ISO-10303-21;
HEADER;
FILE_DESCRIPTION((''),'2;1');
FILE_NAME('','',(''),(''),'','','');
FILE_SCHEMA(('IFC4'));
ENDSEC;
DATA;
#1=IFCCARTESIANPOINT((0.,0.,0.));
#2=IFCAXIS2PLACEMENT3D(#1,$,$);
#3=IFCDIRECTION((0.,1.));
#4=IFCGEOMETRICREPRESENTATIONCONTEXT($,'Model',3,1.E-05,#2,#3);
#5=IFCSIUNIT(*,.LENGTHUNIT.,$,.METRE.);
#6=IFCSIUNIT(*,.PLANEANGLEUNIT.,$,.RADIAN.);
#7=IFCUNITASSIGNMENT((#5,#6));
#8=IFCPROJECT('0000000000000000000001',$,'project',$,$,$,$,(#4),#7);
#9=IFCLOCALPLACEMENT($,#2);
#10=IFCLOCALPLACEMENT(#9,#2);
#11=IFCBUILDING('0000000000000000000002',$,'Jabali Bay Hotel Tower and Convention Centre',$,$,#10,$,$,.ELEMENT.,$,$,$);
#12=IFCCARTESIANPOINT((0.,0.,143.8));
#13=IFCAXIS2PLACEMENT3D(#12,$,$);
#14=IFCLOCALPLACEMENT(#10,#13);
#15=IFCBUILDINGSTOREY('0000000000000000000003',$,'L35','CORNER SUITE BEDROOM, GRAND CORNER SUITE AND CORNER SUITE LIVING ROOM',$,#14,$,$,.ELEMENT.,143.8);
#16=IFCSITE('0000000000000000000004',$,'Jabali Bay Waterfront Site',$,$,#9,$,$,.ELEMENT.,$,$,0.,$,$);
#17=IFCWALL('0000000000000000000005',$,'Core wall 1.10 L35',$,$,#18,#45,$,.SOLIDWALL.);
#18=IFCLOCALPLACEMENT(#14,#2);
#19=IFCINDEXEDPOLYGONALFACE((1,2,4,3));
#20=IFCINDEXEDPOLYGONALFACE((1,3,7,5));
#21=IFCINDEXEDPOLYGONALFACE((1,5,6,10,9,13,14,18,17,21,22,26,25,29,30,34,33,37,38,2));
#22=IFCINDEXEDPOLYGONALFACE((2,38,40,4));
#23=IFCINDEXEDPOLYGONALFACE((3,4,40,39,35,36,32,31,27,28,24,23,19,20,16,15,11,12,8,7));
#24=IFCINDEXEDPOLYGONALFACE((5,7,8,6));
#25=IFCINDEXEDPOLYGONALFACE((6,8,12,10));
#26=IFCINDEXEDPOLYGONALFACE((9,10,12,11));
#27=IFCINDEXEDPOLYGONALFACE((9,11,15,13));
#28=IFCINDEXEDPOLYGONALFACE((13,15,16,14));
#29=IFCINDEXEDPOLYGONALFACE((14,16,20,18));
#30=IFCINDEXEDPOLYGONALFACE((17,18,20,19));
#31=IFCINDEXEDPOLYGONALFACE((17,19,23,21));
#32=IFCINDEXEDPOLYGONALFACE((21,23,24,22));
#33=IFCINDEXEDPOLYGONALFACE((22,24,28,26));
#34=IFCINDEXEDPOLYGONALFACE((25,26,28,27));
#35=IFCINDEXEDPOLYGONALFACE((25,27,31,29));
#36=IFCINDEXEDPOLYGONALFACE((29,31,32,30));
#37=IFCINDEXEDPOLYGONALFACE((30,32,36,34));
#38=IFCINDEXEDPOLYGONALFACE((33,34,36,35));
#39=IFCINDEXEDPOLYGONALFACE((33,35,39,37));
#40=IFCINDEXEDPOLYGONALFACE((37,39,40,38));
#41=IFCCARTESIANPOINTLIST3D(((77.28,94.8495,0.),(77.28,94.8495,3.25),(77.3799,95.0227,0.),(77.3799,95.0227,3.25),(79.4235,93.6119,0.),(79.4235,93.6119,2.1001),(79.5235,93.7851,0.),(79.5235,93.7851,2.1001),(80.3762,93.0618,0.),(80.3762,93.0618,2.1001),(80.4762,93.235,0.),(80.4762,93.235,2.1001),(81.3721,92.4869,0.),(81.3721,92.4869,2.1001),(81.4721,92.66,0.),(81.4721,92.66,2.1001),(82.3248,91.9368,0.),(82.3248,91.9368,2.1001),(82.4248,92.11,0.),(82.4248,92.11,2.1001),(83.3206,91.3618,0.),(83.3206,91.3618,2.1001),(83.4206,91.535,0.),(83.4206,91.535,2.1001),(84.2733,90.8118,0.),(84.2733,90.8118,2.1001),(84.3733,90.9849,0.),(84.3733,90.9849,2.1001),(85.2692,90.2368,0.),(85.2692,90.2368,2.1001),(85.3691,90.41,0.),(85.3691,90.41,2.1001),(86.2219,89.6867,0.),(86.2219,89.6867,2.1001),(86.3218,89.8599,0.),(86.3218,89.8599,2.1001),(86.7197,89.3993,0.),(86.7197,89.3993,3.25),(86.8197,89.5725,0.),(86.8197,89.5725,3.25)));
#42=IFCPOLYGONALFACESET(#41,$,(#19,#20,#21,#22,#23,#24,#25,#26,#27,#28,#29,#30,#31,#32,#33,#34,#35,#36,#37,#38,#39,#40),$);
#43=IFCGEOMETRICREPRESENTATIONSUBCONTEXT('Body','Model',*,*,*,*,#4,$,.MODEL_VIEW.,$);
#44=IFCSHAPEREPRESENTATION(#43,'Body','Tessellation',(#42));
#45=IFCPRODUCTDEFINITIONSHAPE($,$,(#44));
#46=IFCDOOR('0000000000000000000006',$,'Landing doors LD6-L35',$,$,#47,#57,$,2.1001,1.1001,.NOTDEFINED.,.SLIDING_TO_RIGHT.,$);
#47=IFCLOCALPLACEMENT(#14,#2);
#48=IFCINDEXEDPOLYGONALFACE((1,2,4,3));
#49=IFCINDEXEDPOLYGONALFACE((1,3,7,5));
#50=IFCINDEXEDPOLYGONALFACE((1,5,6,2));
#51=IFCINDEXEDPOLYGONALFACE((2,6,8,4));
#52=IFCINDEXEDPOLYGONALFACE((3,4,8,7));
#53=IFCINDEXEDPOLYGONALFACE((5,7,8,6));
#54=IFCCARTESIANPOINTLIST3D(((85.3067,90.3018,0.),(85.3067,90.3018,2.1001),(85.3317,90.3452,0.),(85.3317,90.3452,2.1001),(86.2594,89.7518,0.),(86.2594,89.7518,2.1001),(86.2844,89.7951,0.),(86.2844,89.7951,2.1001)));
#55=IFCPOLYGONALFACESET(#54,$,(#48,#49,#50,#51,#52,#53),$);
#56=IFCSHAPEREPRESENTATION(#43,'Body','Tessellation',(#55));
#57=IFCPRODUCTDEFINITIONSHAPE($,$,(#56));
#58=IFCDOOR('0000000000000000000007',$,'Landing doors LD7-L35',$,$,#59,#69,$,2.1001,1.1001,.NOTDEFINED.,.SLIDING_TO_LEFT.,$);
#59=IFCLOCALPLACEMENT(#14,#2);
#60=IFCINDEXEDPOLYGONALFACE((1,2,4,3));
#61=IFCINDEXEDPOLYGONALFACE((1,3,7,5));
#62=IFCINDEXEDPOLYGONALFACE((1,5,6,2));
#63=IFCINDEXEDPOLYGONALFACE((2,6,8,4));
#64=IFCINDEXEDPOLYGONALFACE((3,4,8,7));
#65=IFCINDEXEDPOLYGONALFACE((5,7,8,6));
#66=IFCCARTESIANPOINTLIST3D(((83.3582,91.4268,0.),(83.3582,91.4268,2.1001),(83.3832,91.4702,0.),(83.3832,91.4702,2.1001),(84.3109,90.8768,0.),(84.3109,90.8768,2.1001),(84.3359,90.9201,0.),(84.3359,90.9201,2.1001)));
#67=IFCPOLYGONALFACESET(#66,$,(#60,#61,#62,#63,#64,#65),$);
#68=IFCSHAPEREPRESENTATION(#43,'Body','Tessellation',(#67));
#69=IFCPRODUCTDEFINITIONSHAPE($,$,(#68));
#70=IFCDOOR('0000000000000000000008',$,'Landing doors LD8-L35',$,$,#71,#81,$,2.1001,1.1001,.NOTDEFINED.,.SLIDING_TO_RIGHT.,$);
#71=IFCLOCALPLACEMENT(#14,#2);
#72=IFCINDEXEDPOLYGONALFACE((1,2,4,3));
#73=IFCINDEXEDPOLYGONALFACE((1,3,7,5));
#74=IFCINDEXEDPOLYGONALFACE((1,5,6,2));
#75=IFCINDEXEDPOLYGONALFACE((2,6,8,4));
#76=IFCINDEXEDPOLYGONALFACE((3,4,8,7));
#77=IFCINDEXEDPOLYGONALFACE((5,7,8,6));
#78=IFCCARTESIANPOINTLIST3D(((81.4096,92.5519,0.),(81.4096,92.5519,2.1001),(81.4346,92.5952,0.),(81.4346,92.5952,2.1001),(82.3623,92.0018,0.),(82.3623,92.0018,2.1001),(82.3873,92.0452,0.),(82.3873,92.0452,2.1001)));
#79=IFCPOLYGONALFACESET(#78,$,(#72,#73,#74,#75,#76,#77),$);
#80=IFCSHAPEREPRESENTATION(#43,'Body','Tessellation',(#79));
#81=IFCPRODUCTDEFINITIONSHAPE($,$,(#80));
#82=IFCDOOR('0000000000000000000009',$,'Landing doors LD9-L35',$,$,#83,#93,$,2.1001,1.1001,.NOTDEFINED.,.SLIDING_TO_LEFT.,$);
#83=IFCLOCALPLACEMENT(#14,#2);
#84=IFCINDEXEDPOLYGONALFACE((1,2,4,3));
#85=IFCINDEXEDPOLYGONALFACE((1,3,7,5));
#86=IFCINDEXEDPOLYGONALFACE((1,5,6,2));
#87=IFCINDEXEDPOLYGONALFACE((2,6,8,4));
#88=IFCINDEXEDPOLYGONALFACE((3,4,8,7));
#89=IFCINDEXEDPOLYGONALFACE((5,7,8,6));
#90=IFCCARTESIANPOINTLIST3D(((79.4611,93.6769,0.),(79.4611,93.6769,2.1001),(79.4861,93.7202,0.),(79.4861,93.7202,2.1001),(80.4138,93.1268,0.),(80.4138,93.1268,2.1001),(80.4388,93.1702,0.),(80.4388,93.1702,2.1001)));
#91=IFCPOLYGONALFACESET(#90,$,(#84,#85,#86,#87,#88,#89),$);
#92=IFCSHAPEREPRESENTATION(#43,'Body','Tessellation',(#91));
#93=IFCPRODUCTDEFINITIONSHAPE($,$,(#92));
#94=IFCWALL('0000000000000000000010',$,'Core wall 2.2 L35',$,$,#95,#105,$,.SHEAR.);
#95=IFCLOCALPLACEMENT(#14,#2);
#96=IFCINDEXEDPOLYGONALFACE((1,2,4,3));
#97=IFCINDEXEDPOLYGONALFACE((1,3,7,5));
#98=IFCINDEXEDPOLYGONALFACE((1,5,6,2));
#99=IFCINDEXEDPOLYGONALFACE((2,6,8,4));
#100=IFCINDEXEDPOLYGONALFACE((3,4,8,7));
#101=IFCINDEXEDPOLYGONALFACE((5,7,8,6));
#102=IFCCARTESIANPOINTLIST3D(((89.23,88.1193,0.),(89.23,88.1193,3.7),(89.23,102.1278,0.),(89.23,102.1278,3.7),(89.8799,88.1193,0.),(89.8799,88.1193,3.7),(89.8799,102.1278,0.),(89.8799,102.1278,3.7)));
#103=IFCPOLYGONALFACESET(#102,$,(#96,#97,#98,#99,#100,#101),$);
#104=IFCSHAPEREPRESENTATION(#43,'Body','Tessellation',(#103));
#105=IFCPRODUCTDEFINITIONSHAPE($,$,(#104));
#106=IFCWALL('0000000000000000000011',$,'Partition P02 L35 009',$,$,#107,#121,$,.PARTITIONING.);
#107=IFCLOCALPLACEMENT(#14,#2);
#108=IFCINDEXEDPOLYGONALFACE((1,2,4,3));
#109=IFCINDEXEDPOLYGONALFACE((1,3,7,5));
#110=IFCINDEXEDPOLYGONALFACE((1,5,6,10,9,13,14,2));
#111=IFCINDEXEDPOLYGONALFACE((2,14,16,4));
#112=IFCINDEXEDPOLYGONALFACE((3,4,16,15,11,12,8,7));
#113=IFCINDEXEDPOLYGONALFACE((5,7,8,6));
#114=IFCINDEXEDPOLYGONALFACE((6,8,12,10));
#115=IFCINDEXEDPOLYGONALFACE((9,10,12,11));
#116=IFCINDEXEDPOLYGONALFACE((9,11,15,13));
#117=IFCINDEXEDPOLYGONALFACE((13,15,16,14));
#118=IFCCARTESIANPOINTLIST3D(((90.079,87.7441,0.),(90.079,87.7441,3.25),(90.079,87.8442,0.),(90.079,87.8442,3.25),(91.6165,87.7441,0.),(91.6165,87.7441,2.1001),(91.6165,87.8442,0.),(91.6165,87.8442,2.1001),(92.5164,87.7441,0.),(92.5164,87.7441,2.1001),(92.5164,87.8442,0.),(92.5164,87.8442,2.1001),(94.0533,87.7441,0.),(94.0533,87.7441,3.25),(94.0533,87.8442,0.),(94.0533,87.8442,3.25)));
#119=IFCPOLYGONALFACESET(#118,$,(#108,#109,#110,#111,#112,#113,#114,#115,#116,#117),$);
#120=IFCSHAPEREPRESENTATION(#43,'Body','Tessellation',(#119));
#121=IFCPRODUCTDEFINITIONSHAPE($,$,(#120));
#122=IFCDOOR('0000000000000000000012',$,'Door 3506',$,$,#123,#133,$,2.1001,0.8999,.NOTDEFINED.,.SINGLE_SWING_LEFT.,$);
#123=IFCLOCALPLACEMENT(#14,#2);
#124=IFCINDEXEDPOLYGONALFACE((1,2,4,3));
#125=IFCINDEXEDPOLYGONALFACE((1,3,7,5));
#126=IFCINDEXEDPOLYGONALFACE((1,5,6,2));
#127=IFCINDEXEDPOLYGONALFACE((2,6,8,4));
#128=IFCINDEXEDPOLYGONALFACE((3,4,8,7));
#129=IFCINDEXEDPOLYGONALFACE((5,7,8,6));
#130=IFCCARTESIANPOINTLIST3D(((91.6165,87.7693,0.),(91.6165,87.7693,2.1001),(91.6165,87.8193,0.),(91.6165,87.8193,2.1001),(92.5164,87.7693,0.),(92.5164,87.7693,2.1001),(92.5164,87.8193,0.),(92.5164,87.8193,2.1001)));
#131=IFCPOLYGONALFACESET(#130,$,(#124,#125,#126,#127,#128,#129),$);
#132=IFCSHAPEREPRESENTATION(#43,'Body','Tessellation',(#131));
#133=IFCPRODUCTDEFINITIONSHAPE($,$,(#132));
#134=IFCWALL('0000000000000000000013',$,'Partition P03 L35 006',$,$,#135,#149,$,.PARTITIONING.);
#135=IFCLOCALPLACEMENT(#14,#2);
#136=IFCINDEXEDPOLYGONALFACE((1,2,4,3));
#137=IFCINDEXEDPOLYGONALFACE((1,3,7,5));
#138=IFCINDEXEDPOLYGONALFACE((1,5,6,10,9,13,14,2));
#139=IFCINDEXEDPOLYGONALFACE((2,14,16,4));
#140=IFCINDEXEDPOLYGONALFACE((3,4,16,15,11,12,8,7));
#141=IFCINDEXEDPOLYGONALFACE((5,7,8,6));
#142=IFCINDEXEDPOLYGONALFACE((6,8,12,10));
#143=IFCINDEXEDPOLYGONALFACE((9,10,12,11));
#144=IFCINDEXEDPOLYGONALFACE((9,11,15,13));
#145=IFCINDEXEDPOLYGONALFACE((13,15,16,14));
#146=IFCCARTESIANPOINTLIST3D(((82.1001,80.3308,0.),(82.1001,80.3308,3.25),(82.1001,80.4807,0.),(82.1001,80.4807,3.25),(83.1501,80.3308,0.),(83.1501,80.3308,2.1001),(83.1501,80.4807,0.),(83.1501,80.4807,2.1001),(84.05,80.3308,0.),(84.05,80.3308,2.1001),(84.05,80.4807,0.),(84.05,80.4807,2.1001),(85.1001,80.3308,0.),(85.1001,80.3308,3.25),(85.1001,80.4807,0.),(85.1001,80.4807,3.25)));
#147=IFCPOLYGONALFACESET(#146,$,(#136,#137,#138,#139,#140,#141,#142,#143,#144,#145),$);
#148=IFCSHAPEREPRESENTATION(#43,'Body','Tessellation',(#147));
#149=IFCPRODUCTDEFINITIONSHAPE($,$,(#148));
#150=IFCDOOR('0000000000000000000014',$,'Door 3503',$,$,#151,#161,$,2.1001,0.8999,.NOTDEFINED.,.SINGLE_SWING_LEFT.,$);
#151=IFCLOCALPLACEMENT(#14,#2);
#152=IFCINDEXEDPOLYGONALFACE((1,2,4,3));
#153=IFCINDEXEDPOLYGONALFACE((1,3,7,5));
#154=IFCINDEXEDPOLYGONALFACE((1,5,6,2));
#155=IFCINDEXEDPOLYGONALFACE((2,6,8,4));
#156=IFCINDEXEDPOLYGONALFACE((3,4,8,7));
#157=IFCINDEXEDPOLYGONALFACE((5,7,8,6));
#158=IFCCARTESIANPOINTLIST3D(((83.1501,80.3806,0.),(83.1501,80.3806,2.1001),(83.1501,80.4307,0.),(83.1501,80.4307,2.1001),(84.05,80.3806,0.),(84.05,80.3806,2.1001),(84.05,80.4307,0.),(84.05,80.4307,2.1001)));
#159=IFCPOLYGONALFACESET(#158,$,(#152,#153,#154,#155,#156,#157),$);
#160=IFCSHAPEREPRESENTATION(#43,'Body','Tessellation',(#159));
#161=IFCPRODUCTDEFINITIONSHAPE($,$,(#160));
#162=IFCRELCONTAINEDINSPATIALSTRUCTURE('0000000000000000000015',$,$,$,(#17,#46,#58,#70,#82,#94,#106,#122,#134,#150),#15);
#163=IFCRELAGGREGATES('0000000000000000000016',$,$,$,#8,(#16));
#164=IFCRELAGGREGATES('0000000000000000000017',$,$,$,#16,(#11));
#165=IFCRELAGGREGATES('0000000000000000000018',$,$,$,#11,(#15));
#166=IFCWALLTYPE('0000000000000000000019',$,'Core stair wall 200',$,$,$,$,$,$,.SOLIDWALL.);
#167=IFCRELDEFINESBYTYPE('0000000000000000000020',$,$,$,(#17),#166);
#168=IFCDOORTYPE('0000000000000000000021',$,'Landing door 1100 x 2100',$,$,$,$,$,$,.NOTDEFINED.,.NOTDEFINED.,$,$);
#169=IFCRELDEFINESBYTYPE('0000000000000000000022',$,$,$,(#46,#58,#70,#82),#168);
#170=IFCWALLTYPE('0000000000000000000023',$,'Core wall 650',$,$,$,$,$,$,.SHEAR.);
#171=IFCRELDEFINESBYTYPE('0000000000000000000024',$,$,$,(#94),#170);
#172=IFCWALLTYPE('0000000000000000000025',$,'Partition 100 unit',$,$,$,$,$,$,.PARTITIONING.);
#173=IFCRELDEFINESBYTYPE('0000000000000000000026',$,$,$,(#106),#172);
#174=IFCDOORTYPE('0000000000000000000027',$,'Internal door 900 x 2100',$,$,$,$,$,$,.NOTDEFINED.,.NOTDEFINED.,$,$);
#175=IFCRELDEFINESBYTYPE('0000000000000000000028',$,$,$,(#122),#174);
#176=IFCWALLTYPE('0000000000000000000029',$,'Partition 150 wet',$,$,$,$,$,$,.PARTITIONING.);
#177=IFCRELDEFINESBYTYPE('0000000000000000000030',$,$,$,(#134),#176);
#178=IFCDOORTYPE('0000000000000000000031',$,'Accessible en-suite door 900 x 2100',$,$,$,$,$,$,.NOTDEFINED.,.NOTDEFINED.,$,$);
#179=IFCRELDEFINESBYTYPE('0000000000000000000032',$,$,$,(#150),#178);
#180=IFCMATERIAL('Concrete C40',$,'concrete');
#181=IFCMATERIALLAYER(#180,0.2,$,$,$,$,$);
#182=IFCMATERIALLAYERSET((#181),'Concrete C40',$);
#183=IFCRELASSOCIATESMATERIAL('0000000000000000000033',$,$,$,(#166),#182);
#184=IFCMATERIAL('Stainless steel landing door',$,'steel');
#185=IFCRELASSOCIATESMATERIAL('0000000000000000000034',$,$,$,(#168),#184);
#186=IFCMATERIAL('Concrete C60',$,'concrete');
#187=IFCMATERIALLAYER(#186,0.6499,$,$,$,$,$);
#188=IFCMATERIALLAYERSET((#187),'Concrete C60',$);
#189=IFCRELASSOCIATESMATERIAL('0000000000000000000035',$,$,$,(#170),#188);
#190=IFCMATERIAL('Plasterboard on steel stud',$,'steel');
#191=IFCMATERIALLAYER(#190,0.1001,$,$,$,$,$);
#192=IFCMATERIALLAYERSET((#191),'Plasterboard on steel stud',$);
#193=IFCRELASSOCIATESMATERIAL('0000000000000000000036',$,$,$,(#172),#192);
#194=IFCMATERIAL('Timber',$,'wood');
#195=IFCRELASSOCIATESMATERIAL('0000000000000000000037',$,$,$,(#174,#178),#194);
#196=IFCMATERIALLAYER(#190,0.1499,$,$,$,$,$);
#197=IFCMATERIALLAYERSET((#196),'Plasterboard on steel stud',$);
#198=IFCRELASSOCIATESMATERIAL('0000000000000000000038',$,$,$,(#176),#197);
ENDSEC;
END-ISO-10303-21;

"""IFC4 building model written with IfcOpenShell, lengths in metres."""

from ifc_helpers import new_model, si_unit, direction, frame, frame_2d, origin, place, context, subcontext, project, spatial, rectangle, extrude, material, layer, layer_set, type_object, element, fill, save


model = new_model("IFC4")

# Units and contexts
model_context = context("Model", 3, precision=1e-05, world=origin(), true_north=direction((0.0, 1.0)))
body_context = subcontext(model_context, "Body", "Model", "MODEL_VIEW")
ifc_project = project(units=[si_unit("LENGTHUNIT", "METRE"), si_unit("PLANEANGLEUNIT", "RADIAN")], contexts=[model_context])

# Site, building, storey
site_placement = place(None, origin())
site = spatial("IfcSite", under=ifc_project, at=site_placement, Name="Jabali Bay Waterfront Site", CompositionType="ELEMENT", RefElevation=0.0)
building_placement = place(site_placement, origin())
building = spatial("IfcBuilding", under=site, at=building_placement, Name="Jabali Bay Hotel Tower and Convention Centre", CompositionType="ELEMENT")
storey_placement = place(building_placement, frame((0.0, 0.0, 143.8)))
storey = spatial("IfcBuildingStorey", under=building, at=storey_placement, Name="L35", Description="CORNER SUITE BEDROOM, GRAND CORNER SUITE AND CORNER SUITE LIVING ROOM", CompositionType="ELEMENT", Elevation=143.8)

# Shared definitions
ifc_material_1 = material(Name="Concrete C60", Category="concrete")

# Shared definitions
ifc_material_2 = material(Name="Concrete C40", Category="concrete")

# Shared definitions
ifc_layer_1 = layer(ifc_material_2, 0.2)
ifc_layer_set_1 = layer_set([ifc_layer_1], Name="Concrete C40")
wall_type_1 = type_object("IfcWallType", Name="Core stair wall 200", PredefinedType="SOLIDWALL", material=ifc_layer_set_1)

# Wall, openings, doors
wall_1_placement = place(storey_placement, frame((86.7698, 89.4858, 0.0), z_axis=(0.0, 0.0, 1.0), x_axis=(-0.866018, 0.500013, 0.0)))
wall_1 = element("IfcWall", 1, at=wall_1_placement, inside=storey, type_object=wall_type_1, Name="Core wall 1.10 L35", PredefinedType="SOLIDWALL", context=body_context, shape_type="SweptSolid", body=[
    extrude(rectangle(XDim=10.9001, YDim=0.2, at=frame_2d((5.4502, 0.0))), origin(), (0.0, 0.0, 1.0), 3.25),
])
opening_1_placement = place(wall_1_placement, frame((0.575, 0.0, 0.0)))
opening_1 = element("IfcOpeningElement", 2, at=opening_1_placement, cuts=wall_1, PredefinedType="OPENING", context=body_context, shape_type="SweptSolid", body=[
    extrude(rectangle(XDim=1.1001, YDim=2.1001, at=frame_2d((0.55, 1.05))), frame((0.0, 0.1104, 0.0), z_axis=(0.0, -1.0, 0.0), x_axis=(1.0, 0.0, 0.0)), (0.0, 0.0, 1.0), 0.2209),
])
opening_2_placement = place(wall_1_placement, frame((2.825, 0.0, 0.0)))
opening_2 = element("IfcOpeningElement", 3, at=opening_2_placement, cuts=wall_1, PredefinedType="OPENING", context=body_context, shape_type="SweptSolid", body=[
    extrude(rectangle(XDim=1.1001, YDim=2.1001, at=frame_2d((0.55, 1.05))), frame((0.0, 0.1104, 0.0), z_axis=(0.0, -1.0, 0.0), x_axis=(1.0, 0.0, 0.0)), (0.0, 0.0, 1.0), 0.2209),
])
opening_3_placement = place(wall_1_placement, frame((5.075, 0.0, 0.0)))
opening_3 = element("IfcOpeningElement", 4, at=opening_3_placement, cuts=wall_1, PredefinedType="OPENING", context=body_context, shape_type="SweptSolid", body=[
    extrude(rectangle(XDim=1.1001, YDim=2.1001, at=frame_2d((0.55, 1.05))), frame((0.0, 0.1104, 0.0), z_axis=(0.0, -1.0, 0.0), x_axis=(1.0, 0.0, 0.0)), (0.0, 0.0, 1.0), 0.2209),
])
opening_4_placement = place(wall_1_placement, frame((7.325, 0.0, 0.0)))
opening_4 = element("IfcOpeningElement", 5, at=opening_4_placement, cuts=wall_1, PredefinedType="OPENING", context=body_context, shape_type="SweptSolid", body=[
    extrude(rectangle(XDim=1.1001, YDim=2.1001, at=frame_2d((0.55, 1.05))), frame((0.0, 0.1104, 0.0), z_axis=(0.0, -1.0, 0.0), x_axis=(1.0, 0.0, 0.0)), (0.0, 0.0, 1.0), 0.2209),
])
ifc_material_3 = material(Name="Stainless steel landing door", Category="steel")
door_type_1 = type_object("IfcDoorType", Name="Landing door 1100 x 2100", OperationType="NOTDEFINED", PredefinedType="NOTDEFINED", material=ifc_material_3)
door_1_placement = place(opening_1_placement, origin())
door_1 = element("IfcDoor", 6, at=door_1_placement, inside=storey, type_object=door_type_1, Name="Landing doors LD6-L35", OperationType="SLIDING_TO_RIGHT", OverallHeight=2.1001, OverallWidth=1.1001, PredefinedType="NOTDEFINED", context=body_context, shape_type="SweptSolid", body=[
    extrude(rectangle(XDim=1.1001, YDim=2.1001, at=frame_2d((0.55, 1.05))), frame((0.0, 0.0249, 0.0), z_axis=(0.0, -1.0, 0.0), x_axis=(1.0, 0.0, 0.0)), (0.0, 0.0, 1.0), 0.05),
])
fill(opening_1, door_1)
door_2_placement = place(opening_2_placement, origin())
door_2 = element("IfcDoor", 7, at=door_2_placement, inside=storey, type_object=door_type_1, Name="Landing doors LD7-L35", OperationType="SLIDING_TO_LEFT", OverallHeight=2.1001, OverallWidth=1.1001, PredefinedType="NOTDEFINED", context=body_context, shape_type="SweptSolid", body=[
    extrude(rectangle(XDim=1.1001, YDim=2.1001, at=frame_2d((0.55, 1.05))), frame((0.0, 0.0249, 0.0), z_axis=(0.0, -1.0, 0.0), x_axis=(1.0, 0.0, 0.0)), (0.0, 0.0, 1.0), 0.05),
])
fill(opening_2, door_2)
door_3_placement = place(opening_3_placement, origin())
door_3 = element("IfcDoor", 8, at=door_3_placement, inside=storey, type_object=door_type_1, Name="Landing doors LD8-L35", OperationType="SLIDING_TO_RIGHT", OverallHeight=2.1001, OverallWidth=1.1001, PredefinedType="NOTDEFINED", context=body_context, shape_type="SweptSolid", body=[
    extrude(rectangle(XDim=1.1001, YDim=2.1001, at=frame_2d((0.55, 1.05))), frame((0.0, 0.0249, 0.0), z_axis=(0.0, -1.0, 0.0), x_axis=(1.0, 0.0, 0.0)), (0.0, 0.0, 1.0), 0.05),
])
fill(opening_3, door_3)
door_4_placement = place(opening_4_placement, origin())
door_4 = element("IfcDoor", 9, at=door_4_placement, inside=storey, type_object=door_type_1, Name="Landing doors LD9-L35", OperationType="SLIDING_TO_LEFT", OverallHeight=2.1001, OverallWidth=1.1001, PredefinedType="NOTDEFINED", context=body_context, shape_type="SweptSolid", body=[
    extrude(rectangle(XDim=1.1001, YDim=2.1001, at=frame_2d((0.55, 1.05))), frame((0.0, 0.0249, 0.0), z_axis=(0.0, -1.0, 0.0), x_axis=(1.0, 0.0, 0.0)), (0.0, 0.0, 1.0), 0.05),
])
fill(opening_4, door_4)

# Wall
ifc_layer_2 = layer(ifc_material_1, 0.6499)
ifc_layer_set_2 = layer_set([ifc_layer_2], Name="Concrete C60")
wall_type_2 = type_object("IfcWallType", Name="Core wall 650", PredefinedType="SHEAR", material=ifc_layer_set_2)
wall_2_placement = place(storey_placement, frame((89.5549, 88.1191, 0.0), z_axis=(0.0, 0.0, 1.0), x_axis=(0.0, 1.0, 0.0)))
element("IfcWall", 10, at=wall_2_placement, inside=storey, type_object=wall_type_2, Name="Core wall 2.2 L35", PredefinedType="SHEAR", context=body_context, shape_type="SweptSolid", body=[
    extrude(rectangle(XDim=14.0085, YDim=0.6499, at=frame_2d((7.0044, 0.0))), origin(), (0.0, 0.0, 1.0), 3.7),
])

# Walls, openings, doors
ifc_material_4 = material(Name="Plasterboard on steel stud", Category="steel")
ifc_layer_3 = layer(ifc_material_4, 0.1001)
ifc_layer_set_3 = layer_set([ifc_layer_3], Name="Plasterboard on steel stud")
wall_type_3 = type_object("IfcWallType", Name="Partition 100 unit", PredefinedType="PARTITIONING", material=ifc_layer_set_3)
wall_3_placement = place(storey_placement, frame((94.0535, 87.7942, 0.0), z_axis=(0.0, 0.0, 1.0), x_axis=(-1.0, 0.0, 0.0)))
wall_3 = element("IfcWall", 11, at=wall_3_placement, inside=storey, type_object=wall_type_3, Name="Partition P02 L35 009", PredefinedType="PARTITIONING", context=body_context, shape_type="SweptSolid", body=[
    extrude(rectangle(XDim=3.9744, YDim=0.1001, at=frame_2d((1.9873, 0.0))), origin(), (0.0, 0.0, 1.0), 3.25),
])
opening_5_placement = place(wall_3_placement, frame((1.5371, 0.0, 0.0)))
opening_5 = element("IfcOpeningElement", 12, at=opening_5_placement, cuts=wall_3, PredefinedType="OPENING", context=body_context, shape_type="SweptSolid", body=[
    extrude(rectangle(XDim=0.8999, YDim=2.1001, at=frame_2d((0.45, 1.05))), frame((0.0, 0.0605, 0.0), z_axis=(0.0, -1.0, 0.0), x_axis=(1.0, 0.0, 0.0)), (0.0, 0.0, 1.0), 0.1211),
])
ifc_material_5 = material(Name="Timber", Category="wood")
door_type_2 = type_object("IfcDoorType", Name="Internal door 900 x 2100", OperationType="NOTDEFINED", PredefinedType="NOTDEFINED", material=ifc_material_5)
door_5_placement = place(opening_5_placement, origin())
door_5 = element("IfcDoor", 13, at=door_5_placement, inside=storey, type_object=door_type_2, Name="Door 3506", OperationType="SINGLE_SWING_LEFT", OverallHeight=2.1001, OverallWidth=0.8999, PredefinedType="NOTDEFINED", context=body_context, shape_type="SweptSolid", body=[
    extrude(rectangle(XDim=0.8999, YDim=2.1001, at=frame_2d((0.45, 1.05))), frame((0.0, 0.0249, 0.0), z_axis=(0.0, -1.0, 0.0), x_axis=(1.0, 0.0, 0.0)), (0.0, 0.0, 1.0), 0.05),
])
fill(opening_5, door_5)
ifc_layer_4 = layer(ifc_material_4, 0.1499)
ifc_layer_set_4 = layer_set([ifc_layer_4], Name="Plasterboard on steel stud")
wall_type_4 = type_object("IfcWallType", Name="Partition 150 wet", PredefinedType="PARTITIONING", material=ifc_layer_set_4)
wall_4_placement = place(storey_placement, frame((82.1001, 80.4058, 0.0), z_axis=(0.0, 0.0, 1.0), x_axis=(1.0, 0.0, 0.0)))
wall_4 = element("IfcWall", 14, at=wall_4_placement, inside=storey, type_object=wall_type_4, Name="Partition P03 L35 006", PredefinedType="PARTITIONING", context=body_context, shape_type="SweptSolid", body=[
    extrude(rectangle(XDim=3.0, YDim=0.1499, at=frame_2d((1.5, 0.0))), origin(), (0.0, 0.0, 1.0), 3.25),
])
opening_6_placement = place(wall_4_placement, frame((1.05, 0.0, 0.0)))
opening_6 = element("IfcOpeningElement", 15, at=opening_6_placement, cuts=wall_4, PredefinedType="OPENING", context=body_context, shape_type="SweptSolid", body=[
    extrude(rectangle(XDim=0.8999, YDim=2.1001, at=frame_2d((0.45, 1.05))), frame((0.0, 0.0854, 0.0), z_axis=(0.0, -1.0, 0.0), x_axis=(1.0, 0.0, 0.0)), (0.0, 0.0, 1.0), 0.1709),
])
door_type_3 = type_object("IfcDoorType", Name="Accessible en-suite door 900 x 2100", OperationType="NOTDEFINED", PredefinedType="NOTDEFINED", material=ifc_material_5)
door_6_placement = place(opening_6_placement, origin())
door_6 = element("IfcDoor", 16, at=door_6_placement, inside=storey, type_object=door_type_3, Name="Door 3503", OperationType="SINGLE_SWING_LEFT", OverallHeight=2.1001, OverallWidth=0.8999, PredefinedType="NOTDEFINED", context=body_context, shape_type="SweptSolid", body=[
    extrude(rectangle(XDim=0.8999, YDim=2.1001, at=frame_2d((0.45, 1.05))), frame((0.0, 0.0249, 0.0), z_axis=(0.0, -1.0, 0.0), x_axis=(1.0, 0.0, 0.0)), (0.0, 0.0, 1.0), 0.05),
])
fill(opening_6, door_6)

save(model, "model.ifc")
